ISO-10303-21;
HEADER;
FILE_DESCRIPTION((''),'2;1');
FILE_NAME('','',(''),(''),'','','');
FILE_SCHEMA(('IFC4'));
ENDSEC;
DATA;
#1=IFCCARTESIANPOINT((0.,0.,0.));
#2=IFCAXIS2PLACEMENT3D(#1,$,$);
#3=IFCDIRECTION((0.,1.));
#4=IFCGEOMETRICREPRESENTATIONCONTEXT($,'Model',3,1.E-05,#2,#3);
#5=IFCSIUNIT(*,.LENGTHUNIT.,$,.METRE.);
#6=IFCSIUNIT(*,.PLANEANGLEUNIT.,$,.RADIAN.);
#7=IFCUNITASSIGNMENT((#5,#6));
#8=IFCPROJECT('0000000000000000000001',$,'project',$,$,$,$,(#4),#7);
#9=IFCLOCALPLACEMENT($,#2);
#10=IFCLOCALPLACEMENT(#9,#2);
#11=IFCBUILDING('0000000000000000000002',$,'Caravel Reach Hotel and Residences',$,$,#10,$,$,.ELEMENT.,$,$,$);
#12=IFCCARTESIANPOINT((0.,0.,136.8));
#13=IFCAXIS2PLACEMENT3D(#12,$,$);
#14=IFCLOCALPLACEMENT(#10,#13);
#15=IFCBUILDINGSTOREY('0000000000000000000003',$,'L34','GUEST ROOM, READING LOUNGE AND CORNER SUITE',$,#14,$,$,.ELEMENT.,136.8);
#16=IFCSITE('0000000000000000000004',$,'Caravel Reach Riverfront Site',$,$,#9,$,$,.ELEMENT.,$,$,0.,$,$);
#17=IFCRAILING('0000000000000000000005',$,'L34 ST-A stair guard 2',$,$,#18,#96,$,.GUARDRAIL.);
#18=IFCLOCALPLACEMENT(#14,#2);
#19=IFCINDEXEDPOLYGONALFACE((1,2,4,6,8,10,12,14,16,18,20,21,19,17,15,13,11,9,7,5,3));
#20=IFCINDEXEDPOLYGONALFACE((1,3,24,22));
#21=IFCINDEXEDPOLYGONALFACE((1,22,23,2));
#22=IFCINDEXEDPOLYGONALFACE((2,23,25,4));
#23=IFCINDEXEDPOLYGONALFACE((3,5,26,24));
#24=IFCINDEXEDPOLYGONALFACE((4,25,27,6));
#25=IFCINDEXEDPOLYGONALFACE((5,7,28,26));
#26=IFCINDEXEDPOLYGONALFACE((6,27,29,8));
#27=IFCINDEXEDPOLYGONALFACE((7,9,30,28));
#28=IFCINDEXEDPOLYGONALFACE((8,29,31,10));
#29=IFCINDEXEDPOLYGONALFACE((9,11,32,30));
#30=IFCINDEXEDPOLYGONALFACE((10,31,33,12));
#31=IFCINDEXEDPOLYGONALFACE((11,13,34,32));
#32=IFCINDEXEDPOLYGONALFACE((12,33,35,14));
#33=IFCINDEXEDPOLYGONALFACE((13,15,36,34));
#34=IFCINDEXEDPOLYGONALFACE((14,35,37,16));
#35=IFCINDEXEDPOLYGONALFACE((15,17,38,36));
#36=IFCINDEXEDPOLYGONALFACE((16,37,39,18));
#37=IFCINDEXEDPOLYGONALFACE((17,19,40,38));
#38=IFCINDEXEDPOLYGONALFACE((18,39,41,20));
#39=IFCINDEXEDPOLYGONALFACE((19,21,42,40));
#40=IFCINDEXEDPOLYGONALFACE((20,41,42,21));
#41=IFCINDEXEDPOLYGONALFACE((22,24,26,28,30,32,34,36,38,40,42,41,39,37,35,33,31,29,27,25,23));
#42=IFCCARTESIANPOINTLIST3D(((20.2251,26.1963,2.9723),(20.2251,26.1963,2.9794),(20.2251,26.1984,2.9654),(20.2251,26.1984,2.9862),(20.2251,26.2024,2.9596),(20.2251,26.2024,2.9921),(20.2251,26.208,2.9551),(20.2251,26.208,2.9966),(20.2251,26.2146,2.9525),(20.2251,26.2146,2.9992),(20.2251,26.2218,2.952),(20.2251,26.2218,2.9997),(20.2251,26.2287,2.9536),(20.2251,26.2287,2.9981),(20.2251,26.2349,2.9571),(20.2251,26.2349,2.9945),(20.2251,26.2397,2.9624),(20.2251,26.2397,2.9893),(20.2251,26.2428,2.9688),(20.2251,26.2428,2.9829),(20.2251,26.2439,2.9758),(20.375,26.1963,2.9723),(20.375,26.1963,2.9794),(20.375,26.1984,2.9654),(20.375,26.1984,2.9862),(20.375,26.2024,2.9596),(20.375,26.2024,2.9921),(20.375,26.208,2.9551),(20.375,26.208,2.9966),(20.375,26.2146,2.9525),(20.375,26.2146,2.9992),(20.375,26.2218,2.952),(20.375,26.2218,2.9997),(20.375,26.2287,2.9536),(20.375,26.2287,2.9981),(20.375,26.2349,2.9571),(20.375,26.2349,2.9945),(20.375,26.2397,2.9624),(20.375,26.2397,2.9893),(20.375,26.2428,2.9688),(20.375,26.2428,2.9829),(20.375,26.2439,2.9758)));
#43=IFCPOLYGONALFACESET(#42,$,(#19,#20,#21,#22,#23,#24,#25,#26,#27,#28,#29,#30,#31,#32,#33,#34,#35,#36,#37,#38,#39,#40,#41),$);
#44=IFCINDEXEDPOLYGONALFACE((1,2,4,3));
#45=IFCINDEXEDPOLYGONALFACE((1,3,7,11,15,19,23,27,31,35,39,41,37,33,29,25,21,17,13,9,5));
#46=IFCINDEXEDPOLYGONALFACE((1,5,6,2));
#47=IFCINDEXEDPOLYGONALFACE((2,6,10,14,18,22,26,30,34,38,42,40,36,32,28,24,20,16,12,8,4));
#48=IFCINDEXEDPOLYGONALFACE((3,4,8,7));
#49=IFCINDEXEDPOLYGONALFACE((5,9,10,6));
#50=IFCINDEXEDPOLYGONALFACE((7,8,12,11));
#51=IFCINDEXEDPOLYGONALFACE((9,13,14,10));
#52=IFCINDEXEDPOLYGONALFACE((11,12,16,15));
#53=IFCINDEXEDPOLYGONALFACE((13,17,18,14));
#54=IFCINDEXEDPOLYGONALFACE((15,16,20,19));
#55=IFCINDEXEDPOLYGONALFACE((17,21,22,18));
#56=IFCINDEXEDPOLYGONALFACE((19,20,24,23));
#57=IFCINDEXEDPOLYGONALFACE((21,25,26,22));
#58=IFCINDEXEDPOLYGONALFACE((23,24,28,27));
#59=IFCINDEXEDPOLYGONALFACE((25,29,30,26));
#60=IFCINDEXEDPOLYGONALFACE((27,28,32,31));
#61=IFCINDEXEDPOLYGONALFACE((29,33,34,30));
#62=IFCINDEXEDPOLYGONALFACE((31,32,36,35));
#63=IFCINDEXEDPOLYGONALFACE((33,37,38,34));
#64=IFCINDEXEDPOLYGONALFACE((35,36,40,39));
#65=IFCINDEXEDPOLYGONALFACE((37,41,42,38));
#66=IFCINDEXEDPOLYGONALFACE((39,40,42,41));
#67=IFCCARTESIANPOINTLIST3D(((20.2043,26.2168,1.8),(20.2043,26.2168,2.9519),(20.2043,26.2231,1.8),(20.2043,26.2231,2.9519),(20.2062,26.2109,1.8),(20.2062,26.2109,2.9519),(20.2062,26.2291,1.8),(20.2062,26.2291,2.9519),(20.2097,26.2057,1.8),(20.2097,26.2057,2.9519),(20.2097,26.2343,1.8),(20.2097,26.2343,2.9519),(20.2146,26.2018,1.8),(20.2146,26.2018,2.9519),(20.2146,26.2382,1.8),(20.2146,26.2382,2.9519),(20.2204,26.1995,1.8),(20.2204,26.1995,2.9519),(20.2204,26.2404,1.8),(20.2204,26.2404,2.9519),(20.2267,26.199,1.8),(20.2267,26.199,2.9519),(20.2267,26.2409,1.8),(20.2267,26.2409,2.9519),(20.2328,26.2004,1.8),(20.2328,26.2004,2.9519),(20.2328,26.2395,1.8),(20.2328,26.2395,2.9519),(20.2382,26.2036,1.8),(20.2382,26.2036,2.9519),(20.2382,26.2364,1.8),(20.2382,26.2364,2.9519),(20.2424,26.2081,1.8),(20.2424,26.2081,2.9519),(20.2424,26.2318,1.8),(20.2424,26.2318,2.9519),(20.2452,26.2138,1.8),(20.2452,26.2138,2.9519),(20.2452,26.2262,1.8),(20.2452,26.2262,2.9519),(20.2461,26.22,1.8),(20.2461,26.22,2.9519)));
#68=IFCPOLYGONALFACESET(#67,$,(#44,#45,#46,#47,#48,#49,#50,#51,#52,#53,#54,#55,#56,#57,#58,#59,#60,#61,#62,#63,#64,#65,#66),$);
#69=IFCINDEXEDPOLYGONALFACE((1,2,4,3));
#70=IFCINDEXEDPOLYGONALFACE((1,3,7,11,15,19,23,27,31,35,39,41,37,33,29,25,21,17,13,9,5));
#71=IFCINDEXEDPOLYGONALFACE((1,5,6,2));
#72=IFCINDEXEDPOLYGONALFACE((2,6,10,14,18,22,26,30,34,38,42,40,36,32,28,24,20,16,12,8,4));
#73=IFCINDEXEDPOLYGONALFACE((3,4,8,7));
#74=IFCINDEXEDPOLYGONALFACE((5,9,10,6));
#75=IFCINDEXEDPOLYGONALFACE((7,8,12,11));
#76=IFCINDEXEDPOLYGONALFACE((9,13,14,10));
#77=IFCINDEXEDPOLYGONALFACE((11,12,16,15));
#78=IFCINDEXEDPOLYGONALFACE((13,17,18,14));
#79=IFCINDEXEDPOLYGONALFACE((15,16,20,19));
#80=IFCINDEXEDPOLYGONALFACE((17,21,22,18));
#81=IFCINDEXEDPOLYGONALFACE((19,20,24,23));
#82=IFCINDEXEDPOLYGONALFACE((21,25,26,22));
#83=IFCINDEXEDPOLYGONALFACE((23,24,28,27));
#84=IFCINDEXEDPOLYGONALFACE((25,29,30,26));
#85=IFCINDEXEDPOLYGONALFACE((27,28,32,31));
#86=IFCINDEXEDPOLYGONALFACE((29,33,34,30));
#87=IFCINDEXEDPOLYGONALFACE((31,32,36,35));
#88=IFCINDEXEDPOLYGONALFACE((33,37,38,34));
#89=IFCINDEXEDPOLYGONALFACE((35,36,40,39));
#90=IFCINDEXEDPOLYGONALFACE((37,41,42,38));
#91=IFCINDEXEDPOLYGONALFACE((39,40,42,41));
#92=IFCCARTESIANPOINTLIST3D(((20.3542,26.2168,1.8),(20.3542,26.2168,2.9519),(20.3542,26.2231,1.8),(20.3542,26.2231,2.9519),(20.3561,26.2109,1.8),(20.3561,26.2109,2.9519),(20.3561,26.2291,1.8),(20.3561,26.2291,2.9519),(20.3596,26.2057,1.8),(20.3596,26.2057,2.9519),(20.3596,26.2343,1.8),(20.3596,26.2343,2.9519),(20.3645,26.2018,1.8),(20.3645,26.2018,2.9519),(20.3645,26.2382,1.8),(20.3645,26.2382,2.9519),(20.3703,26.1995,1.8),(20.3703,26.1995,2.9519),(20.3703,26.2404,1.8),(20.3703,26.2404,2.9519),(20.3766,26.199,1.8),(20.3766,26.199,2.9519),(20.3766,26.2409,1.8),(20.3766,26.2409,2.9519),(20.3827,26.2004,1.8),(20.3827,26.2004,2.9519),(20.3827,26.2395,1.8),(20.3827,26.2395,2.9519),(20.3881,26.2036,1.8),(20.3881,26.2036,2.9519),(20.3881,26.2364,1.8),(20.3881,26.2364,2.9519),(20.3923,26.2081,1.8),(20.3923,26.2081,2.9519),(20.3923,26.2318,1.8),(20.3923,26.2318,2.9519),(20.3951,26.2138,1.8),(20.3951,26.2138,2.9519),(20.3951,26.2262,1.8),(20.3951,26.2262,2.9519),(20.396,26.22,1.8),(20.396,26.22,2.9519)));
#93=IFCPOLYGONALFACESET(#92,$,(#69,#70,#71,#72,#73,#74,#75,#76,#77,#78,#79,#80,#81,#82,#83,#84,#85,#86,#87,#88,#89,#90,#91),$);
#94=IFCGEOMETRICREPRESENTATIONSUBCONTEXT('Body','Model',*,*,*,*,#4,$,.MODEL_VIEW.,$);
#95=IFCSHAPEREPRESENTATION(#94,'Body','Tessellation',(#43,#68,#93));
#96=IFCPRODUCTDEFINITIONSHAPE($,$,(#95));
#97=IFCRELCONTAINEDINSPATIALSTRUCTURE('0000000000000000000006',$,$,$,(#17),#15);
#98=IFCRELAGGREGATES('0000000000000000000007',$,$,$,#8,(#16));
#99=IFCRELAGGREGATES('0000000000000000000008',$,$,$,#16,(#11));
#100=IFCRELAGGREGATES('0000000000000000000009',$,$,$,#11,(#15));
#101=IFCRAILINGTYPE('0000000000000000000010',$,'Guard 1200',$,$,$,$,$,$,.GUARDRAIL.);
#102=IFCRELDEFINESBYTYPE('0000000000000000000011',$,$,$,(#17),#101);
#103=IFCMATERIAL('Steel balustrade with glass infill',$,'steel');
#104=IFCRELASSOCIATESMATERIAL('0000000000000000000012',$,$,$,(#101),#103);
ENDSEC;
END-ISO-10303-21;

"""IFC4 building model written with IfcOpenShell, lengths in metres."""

from ifc_helpers import new_model, si_unit, direction, frame, origin, origin_2d, place, context, subcontext, project, spatial, circle, extrude, material, type_object, element, save


model = new_model("IFC4")

# Units and contexts
model_context = context("Model", 3, precision=1e-05, world=origin(), true_north=direction((0.0, 1.0)))
body_context = subcontext(model_context, "Body", "Model", "MODEL_VIEW")
ifc_project = project(units=[si_unit("LENGTHUNIT", "METRE"), si_unit("PLANEANGLEUNIT", "RADIAN")], contexts=[model_context])

# Site, building, storey
site_placement = place(None, origin())
site = spatial("IfcSite", under=ifc_project, at=site_placement, Name="Caravel Reach Riverfront Site", CompositionType="ELEMENT", RefElevation=0.0)
building_placement = place(site_placement, origin())
building = spatial("IfcBuilding", under=site, at=building_placement, Name="Caravel Reach Hotel and Residences", CompositionType="ELEMENT")
storey_placement = place(building_placement, frame((0.0, 0.0, 136.8)))
storey = spatial("IfcBuildingStorey", under=building, at=storey_placement, Name="L34", Description="GUEST ROOM, READING LOUNGE AND CORNER SUITE", CompositionType="ELEMENT", Elevation=136.8)

# Railing
ifc_material_1 = material(Name="Steel balustrade with glass infill", Category="steel")
railing_type_1 = type_object("IfcRailingType", Name="Guard 1200", PredefinedType="GUARDRAIL", material=ifc_material_1)
railing_1_placement = place(storey_placement, frame((20.2251, 26.22, 1.8)))
element("IfcRailing", 1, at=railing_1_placement, inside=storey, type_object=railing_type_1, Name="L34 ST-A stair guard 2", PredefinedType="GUARDRAIL", context=body_context, shape_type="SweptSolid", body=[
    extrude(circle(Radius=0.0239, at=origin_2d()), frame((0.0, 0.0, 1.1758), z_axis=(1.0, 0.0, 0.0), x_axis=(0.0, 1.0, 0.0)), (0.0, 0.0, 1.0), 0.1499),
    extrude(circle(Radius=0.021, at=origin_2d()), origin(), (0.0, 0.0, 1.0), 1.1519),
    extrude(circle(Radius=0.021, at=origin_2d()), frame((0.1499, 0.0, 0.0)), (0.0, 0.0, 1.0), 1.1519),
])

save(model, "model.ifc")
